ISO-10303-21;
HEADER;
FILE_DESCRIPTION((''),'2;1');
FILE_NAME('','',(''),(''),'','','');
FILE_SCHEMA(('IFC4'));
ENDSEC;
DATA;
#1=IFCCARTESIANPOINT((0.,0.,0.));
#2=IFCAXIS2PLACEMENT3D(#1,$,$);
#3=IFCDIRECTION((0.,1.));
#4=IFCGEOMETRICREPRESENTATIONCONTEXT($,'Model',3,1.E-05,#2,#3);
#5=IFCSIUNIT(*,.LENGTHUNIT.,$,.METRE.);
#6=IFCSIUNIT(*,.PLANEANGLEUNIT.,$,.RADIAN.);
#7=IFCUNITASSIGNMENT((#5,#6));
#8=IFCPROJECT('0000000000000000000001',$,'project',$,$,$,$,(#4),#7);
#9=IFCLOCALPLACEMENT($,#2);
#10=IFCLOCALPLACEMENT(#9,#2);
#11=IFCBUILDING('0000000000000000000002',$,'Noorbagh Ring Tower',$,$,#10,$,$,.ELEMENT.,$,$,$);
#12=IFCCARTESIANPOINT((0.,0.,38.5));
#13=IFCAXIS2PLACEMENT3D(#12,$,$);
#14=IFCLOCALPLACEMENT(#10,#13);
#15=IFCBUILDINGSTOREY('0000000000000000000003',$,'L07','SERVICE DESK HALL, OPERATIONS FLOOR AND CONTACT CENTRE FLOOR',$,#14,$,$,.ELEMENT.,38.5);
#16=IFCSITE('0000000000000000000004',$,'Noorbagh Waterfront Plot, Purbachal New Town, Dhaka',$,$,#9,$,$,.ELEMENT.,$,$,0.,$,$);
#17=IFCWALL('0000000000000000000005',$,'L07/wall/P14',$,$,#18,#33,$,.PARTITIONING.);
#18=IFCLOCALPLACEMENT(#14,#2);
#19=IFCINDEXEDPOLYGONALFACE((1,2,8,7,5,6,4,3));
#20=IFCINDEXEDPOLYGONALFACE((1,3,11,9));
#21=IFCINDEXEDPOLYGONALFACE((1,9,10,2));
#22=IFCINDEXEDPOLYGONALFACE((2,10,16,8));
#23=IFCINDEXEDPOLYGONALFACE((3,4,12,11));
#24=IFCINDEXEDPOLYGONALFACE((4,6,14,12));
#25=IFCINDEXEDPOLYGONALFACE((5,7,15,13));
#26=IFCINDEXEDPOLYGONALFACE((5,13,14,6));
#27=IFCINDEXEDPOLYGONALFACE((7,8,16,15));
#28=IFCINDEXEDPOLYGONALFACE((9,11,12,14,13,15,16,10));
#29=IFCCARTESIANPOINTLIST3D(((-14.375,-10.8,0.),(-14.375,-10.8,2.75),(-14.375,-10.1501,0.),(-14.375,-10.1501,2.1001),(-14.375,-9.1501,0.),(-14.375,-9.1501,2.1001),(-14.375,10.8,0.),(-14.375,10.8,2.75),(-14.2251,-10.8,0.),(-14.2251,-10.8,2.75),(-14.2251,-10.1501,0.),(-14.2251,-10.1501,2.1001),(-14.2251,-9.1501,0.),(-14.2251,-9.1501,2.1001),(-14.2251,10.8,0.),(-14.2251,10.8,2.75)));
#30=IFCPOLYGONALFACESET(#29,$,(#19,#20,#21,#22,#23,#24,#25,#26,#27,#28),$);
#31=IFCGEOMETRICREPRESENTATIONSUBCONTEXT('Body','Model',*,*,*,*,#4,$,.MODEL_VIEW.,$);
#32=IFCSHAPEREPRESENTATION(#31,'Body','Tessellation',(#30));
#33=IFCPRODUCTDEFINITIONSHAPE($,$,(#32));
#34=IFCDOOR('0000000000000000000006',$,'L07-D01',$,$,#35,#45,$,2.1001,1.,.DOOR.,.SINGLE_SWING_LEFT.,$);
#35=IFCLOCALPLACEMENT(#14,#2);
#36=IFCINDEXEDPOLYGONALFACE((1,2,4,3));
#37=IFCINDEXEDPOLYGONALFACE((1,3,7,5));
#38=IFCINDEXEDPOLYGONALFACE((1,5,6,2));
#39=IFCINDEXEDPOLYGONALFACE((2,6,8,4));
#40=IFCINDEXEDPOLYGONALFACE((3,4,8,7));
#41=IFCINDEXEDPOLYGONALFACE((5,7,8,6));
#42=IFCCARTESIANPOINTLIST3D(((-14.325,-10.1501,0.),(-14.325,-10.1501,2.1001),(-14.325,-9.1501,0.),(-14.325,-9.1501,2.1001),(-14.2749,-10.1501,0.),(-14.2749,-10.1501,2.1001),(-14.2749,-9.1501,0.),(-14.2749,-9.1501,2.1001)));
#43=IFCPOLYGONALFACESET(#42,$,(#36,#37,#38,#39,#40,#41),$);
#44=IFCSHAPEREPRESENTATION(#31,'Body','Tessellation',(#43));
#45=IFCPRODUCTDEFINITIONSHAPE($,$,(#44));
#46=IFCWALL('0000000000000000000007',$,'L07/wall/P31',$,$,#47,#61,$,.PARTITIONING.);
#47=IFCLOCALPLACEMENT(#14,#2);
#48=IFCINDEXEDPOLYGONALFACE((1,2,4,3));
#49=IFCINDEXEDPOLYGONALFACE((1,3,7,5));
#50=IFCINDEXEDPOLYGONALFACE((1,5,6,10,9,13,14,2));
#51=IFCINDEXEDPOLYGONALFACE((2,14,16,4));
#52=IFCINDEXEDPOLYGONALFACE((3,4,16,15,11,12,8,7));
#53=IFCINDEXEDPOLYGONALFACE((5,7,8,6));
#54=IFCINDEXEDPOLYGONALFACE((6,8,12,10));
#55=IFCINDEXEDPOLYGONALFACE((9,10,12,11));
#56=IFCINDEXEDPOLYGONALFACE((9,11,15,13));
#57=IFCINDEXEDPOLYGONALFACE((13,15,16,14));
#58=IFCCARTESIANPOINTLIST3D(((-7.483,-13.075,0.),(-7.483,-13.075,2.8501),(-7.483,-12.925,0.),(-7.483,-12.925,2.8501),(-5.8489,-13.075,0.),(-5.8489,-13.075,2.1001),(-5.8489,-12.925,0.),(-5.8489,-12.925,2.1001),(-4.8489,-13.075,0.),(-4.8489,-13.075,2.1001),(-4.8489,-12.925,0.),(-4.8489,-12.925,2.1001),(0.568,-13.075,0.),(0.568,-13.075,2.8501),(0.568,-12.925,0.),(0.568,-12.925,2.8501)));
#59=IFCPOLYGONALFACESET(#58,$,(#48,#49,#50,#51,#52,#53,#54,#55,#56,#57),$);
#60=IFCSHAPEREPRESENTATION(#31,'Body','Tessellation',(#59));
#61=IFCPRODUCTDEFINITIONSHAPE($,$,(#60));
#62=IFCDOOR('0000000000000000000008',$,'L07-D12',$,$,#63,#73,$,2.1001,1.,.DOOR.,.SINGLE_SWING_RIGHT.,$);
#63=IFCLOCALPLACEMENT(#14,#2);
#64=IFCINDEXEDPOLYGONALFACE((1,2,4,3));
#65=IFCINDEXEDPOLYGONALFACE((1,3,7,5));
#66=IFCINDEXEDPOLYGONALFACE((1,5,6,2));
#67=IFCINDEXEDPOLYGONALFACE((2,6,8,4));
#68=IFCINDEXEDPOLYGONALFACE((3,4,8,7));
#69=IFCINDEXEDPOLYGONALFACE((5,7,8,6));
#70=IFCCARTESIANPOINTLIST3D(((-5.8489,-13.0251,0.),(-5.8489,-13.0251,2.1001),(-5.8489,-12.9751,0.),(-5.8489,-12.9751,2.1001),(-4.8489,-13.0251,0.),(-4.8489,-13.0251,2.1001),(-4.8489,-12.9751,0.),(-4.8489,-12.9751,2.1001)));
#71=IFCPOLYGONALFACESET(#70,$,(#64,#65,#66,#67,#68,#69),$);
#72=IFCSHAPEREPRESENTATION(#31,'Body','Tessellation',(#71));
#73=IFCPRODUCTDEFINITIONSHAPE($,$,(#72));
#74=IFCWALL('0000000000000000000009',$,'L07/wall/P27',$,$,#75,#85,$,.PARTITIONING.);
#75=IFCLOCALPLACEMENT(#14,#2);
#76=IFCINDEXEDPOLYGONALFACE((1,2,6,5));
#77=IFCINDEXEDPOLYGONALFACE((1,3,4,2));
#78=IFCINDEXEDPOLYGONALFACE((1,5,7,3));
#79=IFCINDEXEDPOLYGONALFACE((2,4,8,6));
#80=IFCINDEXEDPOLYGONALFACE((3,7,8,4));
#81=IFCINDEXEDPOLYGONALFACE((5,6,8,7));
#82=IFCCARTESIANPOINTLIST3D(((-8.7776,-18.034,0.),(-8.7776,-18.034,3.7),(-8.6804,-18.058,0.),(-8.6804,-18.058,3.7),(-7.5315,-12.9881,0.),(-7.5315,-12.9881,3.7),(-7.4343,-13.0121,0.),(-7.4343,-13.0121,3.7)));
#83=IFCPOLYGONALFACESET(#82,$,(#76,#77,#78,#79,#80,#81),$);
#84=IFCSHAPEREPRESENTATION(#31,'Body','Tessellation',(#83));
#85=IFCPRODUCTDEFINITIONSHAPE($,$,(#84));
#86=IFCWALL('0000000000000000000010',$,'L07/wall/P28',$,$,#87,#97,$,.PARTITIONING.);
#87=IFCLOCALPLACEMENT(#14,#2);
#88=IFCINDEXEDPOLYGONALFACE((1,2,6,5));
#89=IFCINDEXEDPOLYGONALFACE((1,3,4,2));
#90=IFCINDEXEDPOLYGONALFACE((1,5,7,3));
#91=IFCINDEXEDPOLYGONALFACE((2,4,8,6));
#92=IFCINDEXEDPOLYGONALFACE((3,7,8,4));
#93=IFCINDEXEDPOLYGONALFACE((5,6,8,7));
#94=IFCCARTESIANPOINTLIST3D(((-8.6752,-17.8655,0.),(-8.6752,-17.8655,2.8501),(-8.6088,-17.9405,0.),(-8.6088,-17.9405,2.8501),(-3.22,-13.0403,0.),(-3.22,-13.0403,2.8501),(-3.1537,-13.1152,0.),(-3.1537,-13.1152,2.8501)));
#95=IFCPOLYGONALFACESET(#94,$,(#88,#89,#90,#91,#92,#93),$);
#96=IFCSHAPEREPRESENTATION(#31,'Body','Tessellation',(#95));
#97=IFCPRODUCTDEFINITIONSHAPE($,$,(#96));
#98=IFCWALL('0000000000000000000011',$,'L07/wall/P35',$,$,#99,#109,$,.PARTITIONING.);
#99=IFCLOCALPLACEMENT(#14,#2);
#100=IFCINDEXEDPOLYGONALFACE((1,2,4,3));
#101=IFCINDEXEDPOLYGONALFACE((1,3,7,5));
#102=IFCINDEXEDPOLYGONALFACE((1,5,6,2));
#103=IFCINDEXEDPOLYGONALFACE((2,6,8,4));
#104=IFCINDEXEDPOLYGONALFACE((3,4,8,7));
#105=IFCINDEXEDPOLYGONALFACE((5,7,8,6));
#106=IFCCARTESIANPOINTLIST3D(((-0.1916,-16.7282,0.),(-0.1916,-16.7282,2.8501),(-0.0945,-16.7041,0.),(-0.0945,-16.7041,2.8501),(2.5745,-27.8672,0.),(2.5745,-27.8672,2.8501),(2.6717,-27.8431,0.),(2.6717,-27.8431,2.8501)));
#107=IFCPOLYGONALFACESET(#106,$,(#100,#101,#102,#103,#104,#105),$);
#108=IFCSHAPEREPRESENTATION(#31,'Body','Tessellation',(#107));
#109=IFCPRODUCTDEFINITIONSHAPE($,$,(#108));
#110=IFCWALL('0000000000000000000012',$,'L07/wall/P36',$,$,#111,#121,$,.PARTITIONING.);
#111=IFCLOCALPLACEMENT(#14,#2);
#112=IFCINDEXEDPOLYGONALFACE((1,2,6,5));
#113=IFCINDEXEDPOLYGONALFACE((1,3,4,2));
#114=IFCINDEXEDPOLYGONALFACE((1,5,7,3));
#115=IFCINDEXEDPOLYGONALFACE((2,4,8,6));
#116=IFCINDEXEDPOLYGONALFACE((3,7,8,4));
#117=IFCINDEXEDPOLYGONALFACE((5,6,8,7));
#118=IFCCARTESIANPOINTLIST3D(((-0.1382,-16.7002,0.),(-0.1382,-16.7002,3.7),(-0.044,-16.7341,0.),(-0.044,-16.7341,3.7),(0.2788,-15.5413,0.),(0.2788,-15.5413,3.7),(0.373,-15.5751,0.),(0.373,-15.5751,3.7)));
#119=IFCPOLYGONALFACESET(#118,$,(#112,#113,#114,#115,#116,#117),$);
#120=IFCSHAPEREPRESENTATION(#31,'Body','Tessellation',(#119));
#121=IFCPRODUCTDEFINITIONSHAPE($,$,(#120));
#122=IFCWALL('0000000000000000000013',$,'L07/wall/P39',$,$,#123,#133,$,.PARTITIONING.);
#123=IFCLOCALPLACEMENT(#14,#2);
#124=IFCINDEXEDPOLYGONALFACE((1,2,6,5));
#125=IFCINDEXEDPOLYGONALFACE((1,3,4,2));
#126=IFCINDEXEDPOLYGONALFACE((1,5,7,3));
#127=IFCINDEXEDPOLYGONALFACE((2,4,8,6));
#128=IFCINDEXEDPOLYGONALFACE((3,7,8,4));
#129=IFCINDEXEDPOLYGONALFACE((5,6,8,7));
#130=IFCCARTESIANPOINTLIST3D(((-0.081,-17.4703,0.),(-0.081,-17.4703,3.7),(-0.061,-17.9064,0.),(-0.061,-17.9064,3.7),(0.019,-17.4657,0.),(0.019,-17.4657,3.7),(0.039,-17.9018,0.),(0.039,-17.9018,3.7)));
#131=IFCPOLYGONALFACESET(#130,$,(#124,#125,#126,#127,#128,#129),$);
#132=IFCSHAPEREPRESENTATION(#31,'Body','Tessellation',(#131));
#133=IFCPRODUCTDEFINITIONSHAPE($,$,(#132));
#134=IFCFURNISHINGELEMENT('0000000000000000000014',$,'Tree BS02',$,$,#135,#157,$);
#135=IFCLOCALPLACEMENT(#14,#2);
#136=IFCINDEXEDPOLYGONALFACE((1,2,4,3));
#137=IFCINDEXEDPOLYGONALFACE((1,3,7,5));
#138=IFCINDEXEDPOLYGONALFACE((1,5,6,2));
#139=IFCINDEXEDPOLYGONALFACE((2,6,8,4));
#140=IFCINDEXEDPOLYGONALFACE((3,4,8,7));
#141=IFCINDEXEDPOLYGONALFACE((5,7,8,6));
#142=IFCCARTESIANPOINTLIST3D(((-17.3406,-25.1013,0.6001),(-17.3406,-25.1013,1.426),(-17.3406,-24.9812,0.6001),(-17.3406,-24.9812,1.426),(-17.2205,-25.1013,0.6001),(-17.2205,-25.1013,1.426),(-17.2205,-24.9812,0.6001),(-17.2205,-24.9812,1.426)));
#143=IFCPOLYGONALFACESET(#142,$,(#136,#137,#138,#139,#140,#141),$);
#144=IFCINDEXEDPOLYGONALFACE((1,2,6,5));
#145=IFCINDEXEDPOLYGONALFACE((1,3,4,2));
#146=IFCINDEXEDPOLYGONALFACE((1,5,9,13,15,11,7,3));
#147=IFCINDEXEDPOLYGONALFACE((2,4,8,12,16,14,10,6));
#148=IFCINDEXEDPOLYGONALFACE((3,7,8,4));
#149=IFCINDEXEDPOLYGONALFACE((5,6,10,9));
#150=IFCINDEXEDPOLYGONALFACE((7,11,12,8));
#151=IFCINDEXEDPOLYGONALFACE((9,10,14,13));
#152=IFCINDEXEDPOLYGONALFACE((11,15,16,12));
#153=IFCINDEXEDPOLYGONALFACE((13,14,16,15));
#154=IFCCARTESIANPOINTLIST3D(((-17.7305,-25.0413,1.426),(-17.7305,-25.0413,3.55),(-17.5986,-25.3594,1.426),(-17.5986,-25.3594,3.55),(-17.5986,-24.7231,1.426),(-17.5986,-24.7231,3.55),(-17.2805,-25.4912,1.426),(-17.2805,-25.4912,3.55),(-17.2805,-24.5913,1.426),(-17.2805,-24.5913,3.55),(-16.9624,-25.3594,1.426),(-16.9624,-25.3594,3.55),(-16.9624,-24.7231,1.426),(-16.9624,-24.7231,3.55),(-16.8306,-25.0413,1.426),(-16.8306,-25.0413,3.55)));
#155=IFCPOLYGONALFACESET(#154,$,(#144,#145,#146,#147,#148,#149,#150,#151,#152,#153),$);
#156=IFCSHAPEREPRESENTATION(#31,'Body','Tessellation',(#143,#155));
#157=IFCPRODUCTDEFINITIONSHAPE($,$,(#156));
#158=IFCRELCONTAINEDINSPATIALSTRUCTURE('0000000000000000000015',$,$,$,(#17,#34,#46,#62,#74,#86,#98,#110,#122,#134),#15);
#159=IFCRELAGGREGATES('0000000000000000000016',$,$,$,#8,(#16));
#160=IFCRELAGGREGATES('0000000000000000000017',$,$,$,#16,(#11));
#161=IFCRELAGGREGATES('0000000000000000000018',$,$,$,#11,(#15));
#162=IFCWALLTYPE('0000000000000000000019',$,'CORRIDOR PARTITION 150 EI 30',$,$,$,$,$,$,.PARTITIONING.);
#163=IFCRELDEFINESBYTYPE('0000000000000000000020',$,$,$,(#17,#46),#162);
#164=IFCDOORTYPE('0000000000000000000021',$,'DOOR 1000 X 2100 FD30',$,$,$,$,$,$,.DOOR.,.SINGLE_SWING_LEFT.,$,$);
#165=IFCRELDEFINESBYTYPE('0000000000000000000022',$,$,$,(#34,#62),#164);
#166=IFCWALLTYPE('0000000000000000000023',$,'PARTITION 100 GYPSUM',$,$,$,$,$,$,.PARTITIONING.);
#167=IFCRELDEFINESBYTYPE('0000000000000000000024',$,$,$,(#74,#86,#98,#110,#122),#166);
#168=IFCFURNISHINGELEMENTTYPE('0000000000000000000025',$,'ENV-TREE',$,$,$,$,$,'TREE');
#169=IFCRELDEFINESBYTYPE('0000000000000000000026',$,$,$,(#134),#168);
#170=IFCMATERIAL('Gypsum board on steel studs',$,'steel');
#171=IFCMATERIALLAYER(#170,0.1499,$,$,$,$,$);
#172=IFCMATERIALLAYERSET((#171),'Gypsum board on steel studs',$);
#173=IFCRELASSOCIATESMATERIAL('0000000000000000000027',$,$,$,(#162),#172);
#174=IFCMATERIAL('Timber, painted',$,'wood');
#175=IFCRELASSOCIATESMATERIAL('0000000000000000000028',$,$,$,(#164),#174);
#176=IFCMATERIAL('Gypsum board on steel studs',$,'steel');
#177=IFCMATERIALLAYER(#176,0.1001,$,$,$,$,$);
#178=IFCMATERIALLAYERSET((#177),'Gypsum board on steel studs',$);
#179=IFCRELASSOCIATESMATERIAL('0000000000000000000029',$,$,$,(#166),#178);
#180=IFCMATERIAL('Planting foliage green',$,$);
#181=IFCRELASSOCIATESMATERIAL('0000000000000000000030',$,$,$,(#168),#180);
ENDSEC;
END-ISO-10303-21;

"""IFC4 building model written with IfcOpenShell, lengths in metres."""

from ifc_helpers import new_model, si_unit, direction, frame, frame_2d, origin, origin_2d, place, context, subcontext, project, spatial, polyline, rectangle, outline, extrude, material, layer, layer_set, type_object, element, fill, save


model = new_model("IFC4")

# Units and contexts
model_context = context("Model", 3, precision=1e-05, world=origin(), true_north=direction((0.0, 1.0)))
body_context = subcontext(model_context, "Body", "Model", "MODEL_VIEW")
ifc_project = project(units=[si_unit("LENGTHUNIT", "METRE"), si_unit("PLANEANGLEUNIT", "RADIAN")], contexts=[model_context])

# Site, building, storey
site_placement = place(None, origin())
site = spatial("IfcSite", under=ifc_project, at=site_placement, Name="Noorbagh Waterfront Plot, Purbachal New Town, Dhaka", CompositionType="ELEMENT", RefElevation=0.0)
building_placement = place(site_placement, origin())
building = spatial("IfcBuilding", under=site, at=building_placement, Name="Noorbagh Ring Tower", CompositionType="ELEMENT")
storey_placement = place(building_placement, frame((0.0, 0.0, 38.5)))
storey = spatial("IfcBuildingStorey", under=building, at=storey_placement, Name="L07", Description="SERVICE DESK HALL, OPERATIONS FLOOR AND CONTACT CENTRE FLOOR", CompositionType="ELEMENT", Elevation=38.5)

# Shared definitions
ifc_material_1 = material(Name="Gypsum board on steel studs", Category="steel")
ifc_layer_1 = layer(ifc_material_1, 0.1499)
ifc_layer_set_1 = layer_set([ifc_layer_1], Name="Gypsum board on steel studs")
wall_type_1 = type_object("IfcWallType", Name="CORRIDOR PARTITION 150 EI 30", PredefinedType="PARTITIONING", material=ifc_layer_set_1)

# Walls, openings, doors
ifc_material_2 = material(Name="Timber, painted", Category="wood")
door_type = type_object("IfcDoorType", Name="DOOR 1000 X 2100 FD30", OperationType="SINGLE_SWING_LEFT", PredefinedType="DOOR", material=ifc_material_2)
wall_1_placement = place(storey_placement, frame((-14.3, -10.8, 0.0), z_axis=(0.0, 0.0, 1.0), x_axis=(0.0, 1.0, 0.0)))
wall_1 = element("IfcWall", 1, at=wall_1_placement, inside=storey, type_object=wall_type_1, Name="L07/wall/P14", PredefinedType="PARTITIONING", context=body_context, shape_type="SweptSolid", body=[
    extrude(rectangle(XDim=21.6001, YDim=0.1499, at=frame_2d((10.8, 0.0))), origin(), (0.0, 0.0, 1.0), 2.75),
])
opening_1_placement = place(wall_1_placement, frame((0.6499, 0.0, 0.0)))
opening_1 = element("IfcOpeningElement", 2, at=opening_1_placement, cuts=wall_1, PredefinedType="OPENING", context=body_context, shape_type="SweptSolid", body=[
    extrude(rectangle(XDim=1.0, YDim=2.1001, at=frame_2d((0.5, 1.05))), frame((0.0, 0.085, 0.0), z_axis=(0.0, -1.0, 0.0), x_axis=(1.0, 0.0, 0.0)), (0.0, 0.0, 1.0), 0.1699),
])
door_1_placement = place(opening_1_placement, origin())
door_1 = element("IfcDoor", 3, at=door_1_placement, inside=storey, type_object=door_type, Name="L07-D01", OperationType="SINGLE_SWING_LEFT", OverallHeight=2.1001, OverallWidth=1.0, PredefinedType="DOOR", context=body_context, shape_type="SweptSolid", body=[
    extrude(rectangle(XDim=1.0, YDim=2.1001, at=frame_2d((0.5, 1.05))), frame((0.0, 0.0249, 0.0), z_axis=(0.0, -1.0, 0.0), x_axis=(1.0, 0.0, 0.0)), (0.0, 0.0, 1.0), 0.05),
])
fill(opening_1, door_1)
wall_2_placement = place(storey_placement, frame((-7.4829, -13.0, 0.0), z_axis=(0.0, 0.0, 1.0), x_axis=(1.0, 0.0, 0.0)))
wall_2 = element("IfcWall", 4, at=wall_2_placement, inside=storey, type_object=wall_type_1, Name="L07/wall/P31", PredefinedType="PARTITIONING", context=body_context, shape_type="SweptSolid", body=[
    extrude(rectangle(XDim=8.051, YDim=0.1499, at=frame_2d((4.0254, 0.0))), origin(), (0.0, 0.0, 1.0), 2.8501),
])
opening_2_placement = place(wall_2_placement, frame((1.634, 0.0, 0.0)))
opening_2 = element("IfcOpeningElement", 5, at=opening_2_placement, cuts=wall_2, PredefinedType="OPENING", context=body_context, shape_type="SweptSolid", body=[
    extrude(rectangle(XDim=1.0, YDim=2.1001, at=frame_2d((0.5, 1.05))), frame((0.0, 0.085, 0.0), z_axis=(0.0, -1.0, 0.0), x_axis=(1.0, 0.0, 0.0)), (0.0, 0.0, 1.0), 0.1699),
])
door_2_placement = place(opening_2_placement, origin())
door_2 = element("IfcDoor", 6, at=door_2_placement, inside=storey, type_object=door_type, Name="L07-D12", OperationType="SINGLE_SWING_RIGHT", OverallHeight=2.1001, OverallWidth=1.0, PredefinedType="DOOR", context=body_context, shape_type="SweptSolid", body=[
    extrude(rectangle(XDim=1.0, YDim=2.1001, at=frame_2d((0.5, 1.05))), frame((0.0, 0.0249, 0.0), z_axis=(0.0, -1.0, 0.0), x_axis=(1.0, 0.0, 0.0)), (0.0, 0.0, 1.0), 0.05),
])
fill(opening_2, door_2)

# Walls
ifc_material_3 = material(Name="Gypsum board on steel studs", Category="steel")
ifc_layer_2 = layer(ifc_material_3, 0.1001)
ifc_layer_set_2 = layer_set([ifc_layer_2], Name="Gypsum board on steel studs")
wall_type_2 = type_object("IfcWallType", Name="PARTITION 100 GYPSUM", PredefinedType="PARTITIONING", material=ifc_layer_set_2)
wall_3_placement = place(storey_placement, frame((-8.729, -18.0459, 0.0), z_axis=(0.0, 0.0, 1.0), x_axis=(0.239749, 0.970835, 0.0)))
element("IfcWall", 7, at=wall_3_placement, inside=storey, type_object=wall_type_2, Name="L07/wall/P27", PredefinedType="PARTITIONING", context=body_context, shape_type="SweptSolid", body=[
    extrude(rectangle(XDim=5.1975, YDim=0.1001, at=frame_2d((2.5986, 0.0))), origin(), (0.0, 0.0, 1.0), 3.7),
])
wall_4_placement = place(storey_placement, frame((-8.6421, -17.9031, 0.0), z_axis=(0.0, 0.0, 1.0), x_axis=(0.749027, 0.662539, 0.0)))
element("IfcWall", 8, at=wall_4_placement, inside=storey, type_object=wall_type_2, Name="L07/wall/P28", PredefinedType="PARTITIONING", context=body_context, shape_type="SweptSolid", body=[
    extrude(rectangle(XDim=7.283, YDim=0.1001, at=frame_2d((3.6416, 0.0))), origin(), (0.0, 0.0, 1.0), 2.8501),
])
wall_5_placement = place(storey_placement, frame((-0.1431, -16.7161, 0.0), z_axis=(0.0, 0.0, 1.0), x_axis=(0.241009, -0.970523, 0.0)))
element("IfcWall", 9, at=wall_5_placement, inside=storey, type_object=wall_type_2, Name="L07/wall/P35", PredefinedType="PARTITIONING", context=body_context, shape_type="SweptSolid", body=[
    extrude(rectangle(XDim=11.4773, YDim=0.1001, at=frame_2d((5.7388, 0.0))), origin(), (0.0, 0.0, 1.0), 2.8501),
])
wall_6_placement = place(storey_placement, frame((-0.0911, -16.717, 0.0), z_axis=(0.0, 0.0, 1.0), x_axis=(0.338558, 0.940946, 0.0)))
element("IfcWall", 10, at=wall_6_placement, inside=storey, type_object=wall_type_2, Name="L07/wall/P36", PredefinedType="PARTITIONING", context=body_context, shape_type="SweptSolid", body=[
    extrude(rectangle(XDim=1.2317, YDim=0.1001, at=frame_2d((0.6157, 0.0))), origin(), (0.0, 0.0, 1.0), 3.7),
])
wall_7_placement = place(storey_placement, frame((-0.031, -17.468, 0.0), z_axis=(0.0, 0.0, 1.0), x_axis=(0.045864, -0.998948, 0.0)))
element("IfcWall", 11, at=wall_7_placement, inside=storey, type_object=wall_type_2, Name="L07/wall/P39", PredefinedType="PARTITIONING", context=body_context, shape_type="SweptSolid", body=[
    extrude(rectangle(XDim=0.4365, YDim=0.1001, at=frame_2d((0.2183, 0.0))), origin(), (0.0, 0.0, 1.0), 3.7),
])

# Furnishing element
ifc_material_4 = material(Name="Planting foliage green")
furnishing_element_type = type_object("IfcFurnishingElementType", Name="ENV-TREE", ElementType="TREE", material=ifc_material_4)
furnishing_placement = place(storey_placement, frame((-17.2805, -25.0413, 0.6001), z_axis=(0.0, 0.0, 1.0), x_axis=(1.0, 0.0, 0.0)))
element("IfcFurnishingElement", 12, at=furnishing_placement, inside=storey, type_object=furnishing_element_type, Name="Tree BS02", context=body_context, shape_type="SweptSolid", body=[
    extrude(rectangle(XDim=0.1201, YDim=0.1201, at=origin_2d()), origin(), (0.0, 0.0, 1.0), 0.8259),
    extrude(outline(polyline([(0.45, 0.0), (0.3181, 0.3181), (0.0, 0.45), (-0.3181, 0.3181), (-0.45, 0.0), (-0.3181, -0.3181), (0.0, -0.45), (0.3181, -0.3181), (0.45, 0.0)])), frame((0.0, 0.0, 0.8259)), (0.0, 0.0, 1.0), 2.124),
])

save(model, "model.ifc")
